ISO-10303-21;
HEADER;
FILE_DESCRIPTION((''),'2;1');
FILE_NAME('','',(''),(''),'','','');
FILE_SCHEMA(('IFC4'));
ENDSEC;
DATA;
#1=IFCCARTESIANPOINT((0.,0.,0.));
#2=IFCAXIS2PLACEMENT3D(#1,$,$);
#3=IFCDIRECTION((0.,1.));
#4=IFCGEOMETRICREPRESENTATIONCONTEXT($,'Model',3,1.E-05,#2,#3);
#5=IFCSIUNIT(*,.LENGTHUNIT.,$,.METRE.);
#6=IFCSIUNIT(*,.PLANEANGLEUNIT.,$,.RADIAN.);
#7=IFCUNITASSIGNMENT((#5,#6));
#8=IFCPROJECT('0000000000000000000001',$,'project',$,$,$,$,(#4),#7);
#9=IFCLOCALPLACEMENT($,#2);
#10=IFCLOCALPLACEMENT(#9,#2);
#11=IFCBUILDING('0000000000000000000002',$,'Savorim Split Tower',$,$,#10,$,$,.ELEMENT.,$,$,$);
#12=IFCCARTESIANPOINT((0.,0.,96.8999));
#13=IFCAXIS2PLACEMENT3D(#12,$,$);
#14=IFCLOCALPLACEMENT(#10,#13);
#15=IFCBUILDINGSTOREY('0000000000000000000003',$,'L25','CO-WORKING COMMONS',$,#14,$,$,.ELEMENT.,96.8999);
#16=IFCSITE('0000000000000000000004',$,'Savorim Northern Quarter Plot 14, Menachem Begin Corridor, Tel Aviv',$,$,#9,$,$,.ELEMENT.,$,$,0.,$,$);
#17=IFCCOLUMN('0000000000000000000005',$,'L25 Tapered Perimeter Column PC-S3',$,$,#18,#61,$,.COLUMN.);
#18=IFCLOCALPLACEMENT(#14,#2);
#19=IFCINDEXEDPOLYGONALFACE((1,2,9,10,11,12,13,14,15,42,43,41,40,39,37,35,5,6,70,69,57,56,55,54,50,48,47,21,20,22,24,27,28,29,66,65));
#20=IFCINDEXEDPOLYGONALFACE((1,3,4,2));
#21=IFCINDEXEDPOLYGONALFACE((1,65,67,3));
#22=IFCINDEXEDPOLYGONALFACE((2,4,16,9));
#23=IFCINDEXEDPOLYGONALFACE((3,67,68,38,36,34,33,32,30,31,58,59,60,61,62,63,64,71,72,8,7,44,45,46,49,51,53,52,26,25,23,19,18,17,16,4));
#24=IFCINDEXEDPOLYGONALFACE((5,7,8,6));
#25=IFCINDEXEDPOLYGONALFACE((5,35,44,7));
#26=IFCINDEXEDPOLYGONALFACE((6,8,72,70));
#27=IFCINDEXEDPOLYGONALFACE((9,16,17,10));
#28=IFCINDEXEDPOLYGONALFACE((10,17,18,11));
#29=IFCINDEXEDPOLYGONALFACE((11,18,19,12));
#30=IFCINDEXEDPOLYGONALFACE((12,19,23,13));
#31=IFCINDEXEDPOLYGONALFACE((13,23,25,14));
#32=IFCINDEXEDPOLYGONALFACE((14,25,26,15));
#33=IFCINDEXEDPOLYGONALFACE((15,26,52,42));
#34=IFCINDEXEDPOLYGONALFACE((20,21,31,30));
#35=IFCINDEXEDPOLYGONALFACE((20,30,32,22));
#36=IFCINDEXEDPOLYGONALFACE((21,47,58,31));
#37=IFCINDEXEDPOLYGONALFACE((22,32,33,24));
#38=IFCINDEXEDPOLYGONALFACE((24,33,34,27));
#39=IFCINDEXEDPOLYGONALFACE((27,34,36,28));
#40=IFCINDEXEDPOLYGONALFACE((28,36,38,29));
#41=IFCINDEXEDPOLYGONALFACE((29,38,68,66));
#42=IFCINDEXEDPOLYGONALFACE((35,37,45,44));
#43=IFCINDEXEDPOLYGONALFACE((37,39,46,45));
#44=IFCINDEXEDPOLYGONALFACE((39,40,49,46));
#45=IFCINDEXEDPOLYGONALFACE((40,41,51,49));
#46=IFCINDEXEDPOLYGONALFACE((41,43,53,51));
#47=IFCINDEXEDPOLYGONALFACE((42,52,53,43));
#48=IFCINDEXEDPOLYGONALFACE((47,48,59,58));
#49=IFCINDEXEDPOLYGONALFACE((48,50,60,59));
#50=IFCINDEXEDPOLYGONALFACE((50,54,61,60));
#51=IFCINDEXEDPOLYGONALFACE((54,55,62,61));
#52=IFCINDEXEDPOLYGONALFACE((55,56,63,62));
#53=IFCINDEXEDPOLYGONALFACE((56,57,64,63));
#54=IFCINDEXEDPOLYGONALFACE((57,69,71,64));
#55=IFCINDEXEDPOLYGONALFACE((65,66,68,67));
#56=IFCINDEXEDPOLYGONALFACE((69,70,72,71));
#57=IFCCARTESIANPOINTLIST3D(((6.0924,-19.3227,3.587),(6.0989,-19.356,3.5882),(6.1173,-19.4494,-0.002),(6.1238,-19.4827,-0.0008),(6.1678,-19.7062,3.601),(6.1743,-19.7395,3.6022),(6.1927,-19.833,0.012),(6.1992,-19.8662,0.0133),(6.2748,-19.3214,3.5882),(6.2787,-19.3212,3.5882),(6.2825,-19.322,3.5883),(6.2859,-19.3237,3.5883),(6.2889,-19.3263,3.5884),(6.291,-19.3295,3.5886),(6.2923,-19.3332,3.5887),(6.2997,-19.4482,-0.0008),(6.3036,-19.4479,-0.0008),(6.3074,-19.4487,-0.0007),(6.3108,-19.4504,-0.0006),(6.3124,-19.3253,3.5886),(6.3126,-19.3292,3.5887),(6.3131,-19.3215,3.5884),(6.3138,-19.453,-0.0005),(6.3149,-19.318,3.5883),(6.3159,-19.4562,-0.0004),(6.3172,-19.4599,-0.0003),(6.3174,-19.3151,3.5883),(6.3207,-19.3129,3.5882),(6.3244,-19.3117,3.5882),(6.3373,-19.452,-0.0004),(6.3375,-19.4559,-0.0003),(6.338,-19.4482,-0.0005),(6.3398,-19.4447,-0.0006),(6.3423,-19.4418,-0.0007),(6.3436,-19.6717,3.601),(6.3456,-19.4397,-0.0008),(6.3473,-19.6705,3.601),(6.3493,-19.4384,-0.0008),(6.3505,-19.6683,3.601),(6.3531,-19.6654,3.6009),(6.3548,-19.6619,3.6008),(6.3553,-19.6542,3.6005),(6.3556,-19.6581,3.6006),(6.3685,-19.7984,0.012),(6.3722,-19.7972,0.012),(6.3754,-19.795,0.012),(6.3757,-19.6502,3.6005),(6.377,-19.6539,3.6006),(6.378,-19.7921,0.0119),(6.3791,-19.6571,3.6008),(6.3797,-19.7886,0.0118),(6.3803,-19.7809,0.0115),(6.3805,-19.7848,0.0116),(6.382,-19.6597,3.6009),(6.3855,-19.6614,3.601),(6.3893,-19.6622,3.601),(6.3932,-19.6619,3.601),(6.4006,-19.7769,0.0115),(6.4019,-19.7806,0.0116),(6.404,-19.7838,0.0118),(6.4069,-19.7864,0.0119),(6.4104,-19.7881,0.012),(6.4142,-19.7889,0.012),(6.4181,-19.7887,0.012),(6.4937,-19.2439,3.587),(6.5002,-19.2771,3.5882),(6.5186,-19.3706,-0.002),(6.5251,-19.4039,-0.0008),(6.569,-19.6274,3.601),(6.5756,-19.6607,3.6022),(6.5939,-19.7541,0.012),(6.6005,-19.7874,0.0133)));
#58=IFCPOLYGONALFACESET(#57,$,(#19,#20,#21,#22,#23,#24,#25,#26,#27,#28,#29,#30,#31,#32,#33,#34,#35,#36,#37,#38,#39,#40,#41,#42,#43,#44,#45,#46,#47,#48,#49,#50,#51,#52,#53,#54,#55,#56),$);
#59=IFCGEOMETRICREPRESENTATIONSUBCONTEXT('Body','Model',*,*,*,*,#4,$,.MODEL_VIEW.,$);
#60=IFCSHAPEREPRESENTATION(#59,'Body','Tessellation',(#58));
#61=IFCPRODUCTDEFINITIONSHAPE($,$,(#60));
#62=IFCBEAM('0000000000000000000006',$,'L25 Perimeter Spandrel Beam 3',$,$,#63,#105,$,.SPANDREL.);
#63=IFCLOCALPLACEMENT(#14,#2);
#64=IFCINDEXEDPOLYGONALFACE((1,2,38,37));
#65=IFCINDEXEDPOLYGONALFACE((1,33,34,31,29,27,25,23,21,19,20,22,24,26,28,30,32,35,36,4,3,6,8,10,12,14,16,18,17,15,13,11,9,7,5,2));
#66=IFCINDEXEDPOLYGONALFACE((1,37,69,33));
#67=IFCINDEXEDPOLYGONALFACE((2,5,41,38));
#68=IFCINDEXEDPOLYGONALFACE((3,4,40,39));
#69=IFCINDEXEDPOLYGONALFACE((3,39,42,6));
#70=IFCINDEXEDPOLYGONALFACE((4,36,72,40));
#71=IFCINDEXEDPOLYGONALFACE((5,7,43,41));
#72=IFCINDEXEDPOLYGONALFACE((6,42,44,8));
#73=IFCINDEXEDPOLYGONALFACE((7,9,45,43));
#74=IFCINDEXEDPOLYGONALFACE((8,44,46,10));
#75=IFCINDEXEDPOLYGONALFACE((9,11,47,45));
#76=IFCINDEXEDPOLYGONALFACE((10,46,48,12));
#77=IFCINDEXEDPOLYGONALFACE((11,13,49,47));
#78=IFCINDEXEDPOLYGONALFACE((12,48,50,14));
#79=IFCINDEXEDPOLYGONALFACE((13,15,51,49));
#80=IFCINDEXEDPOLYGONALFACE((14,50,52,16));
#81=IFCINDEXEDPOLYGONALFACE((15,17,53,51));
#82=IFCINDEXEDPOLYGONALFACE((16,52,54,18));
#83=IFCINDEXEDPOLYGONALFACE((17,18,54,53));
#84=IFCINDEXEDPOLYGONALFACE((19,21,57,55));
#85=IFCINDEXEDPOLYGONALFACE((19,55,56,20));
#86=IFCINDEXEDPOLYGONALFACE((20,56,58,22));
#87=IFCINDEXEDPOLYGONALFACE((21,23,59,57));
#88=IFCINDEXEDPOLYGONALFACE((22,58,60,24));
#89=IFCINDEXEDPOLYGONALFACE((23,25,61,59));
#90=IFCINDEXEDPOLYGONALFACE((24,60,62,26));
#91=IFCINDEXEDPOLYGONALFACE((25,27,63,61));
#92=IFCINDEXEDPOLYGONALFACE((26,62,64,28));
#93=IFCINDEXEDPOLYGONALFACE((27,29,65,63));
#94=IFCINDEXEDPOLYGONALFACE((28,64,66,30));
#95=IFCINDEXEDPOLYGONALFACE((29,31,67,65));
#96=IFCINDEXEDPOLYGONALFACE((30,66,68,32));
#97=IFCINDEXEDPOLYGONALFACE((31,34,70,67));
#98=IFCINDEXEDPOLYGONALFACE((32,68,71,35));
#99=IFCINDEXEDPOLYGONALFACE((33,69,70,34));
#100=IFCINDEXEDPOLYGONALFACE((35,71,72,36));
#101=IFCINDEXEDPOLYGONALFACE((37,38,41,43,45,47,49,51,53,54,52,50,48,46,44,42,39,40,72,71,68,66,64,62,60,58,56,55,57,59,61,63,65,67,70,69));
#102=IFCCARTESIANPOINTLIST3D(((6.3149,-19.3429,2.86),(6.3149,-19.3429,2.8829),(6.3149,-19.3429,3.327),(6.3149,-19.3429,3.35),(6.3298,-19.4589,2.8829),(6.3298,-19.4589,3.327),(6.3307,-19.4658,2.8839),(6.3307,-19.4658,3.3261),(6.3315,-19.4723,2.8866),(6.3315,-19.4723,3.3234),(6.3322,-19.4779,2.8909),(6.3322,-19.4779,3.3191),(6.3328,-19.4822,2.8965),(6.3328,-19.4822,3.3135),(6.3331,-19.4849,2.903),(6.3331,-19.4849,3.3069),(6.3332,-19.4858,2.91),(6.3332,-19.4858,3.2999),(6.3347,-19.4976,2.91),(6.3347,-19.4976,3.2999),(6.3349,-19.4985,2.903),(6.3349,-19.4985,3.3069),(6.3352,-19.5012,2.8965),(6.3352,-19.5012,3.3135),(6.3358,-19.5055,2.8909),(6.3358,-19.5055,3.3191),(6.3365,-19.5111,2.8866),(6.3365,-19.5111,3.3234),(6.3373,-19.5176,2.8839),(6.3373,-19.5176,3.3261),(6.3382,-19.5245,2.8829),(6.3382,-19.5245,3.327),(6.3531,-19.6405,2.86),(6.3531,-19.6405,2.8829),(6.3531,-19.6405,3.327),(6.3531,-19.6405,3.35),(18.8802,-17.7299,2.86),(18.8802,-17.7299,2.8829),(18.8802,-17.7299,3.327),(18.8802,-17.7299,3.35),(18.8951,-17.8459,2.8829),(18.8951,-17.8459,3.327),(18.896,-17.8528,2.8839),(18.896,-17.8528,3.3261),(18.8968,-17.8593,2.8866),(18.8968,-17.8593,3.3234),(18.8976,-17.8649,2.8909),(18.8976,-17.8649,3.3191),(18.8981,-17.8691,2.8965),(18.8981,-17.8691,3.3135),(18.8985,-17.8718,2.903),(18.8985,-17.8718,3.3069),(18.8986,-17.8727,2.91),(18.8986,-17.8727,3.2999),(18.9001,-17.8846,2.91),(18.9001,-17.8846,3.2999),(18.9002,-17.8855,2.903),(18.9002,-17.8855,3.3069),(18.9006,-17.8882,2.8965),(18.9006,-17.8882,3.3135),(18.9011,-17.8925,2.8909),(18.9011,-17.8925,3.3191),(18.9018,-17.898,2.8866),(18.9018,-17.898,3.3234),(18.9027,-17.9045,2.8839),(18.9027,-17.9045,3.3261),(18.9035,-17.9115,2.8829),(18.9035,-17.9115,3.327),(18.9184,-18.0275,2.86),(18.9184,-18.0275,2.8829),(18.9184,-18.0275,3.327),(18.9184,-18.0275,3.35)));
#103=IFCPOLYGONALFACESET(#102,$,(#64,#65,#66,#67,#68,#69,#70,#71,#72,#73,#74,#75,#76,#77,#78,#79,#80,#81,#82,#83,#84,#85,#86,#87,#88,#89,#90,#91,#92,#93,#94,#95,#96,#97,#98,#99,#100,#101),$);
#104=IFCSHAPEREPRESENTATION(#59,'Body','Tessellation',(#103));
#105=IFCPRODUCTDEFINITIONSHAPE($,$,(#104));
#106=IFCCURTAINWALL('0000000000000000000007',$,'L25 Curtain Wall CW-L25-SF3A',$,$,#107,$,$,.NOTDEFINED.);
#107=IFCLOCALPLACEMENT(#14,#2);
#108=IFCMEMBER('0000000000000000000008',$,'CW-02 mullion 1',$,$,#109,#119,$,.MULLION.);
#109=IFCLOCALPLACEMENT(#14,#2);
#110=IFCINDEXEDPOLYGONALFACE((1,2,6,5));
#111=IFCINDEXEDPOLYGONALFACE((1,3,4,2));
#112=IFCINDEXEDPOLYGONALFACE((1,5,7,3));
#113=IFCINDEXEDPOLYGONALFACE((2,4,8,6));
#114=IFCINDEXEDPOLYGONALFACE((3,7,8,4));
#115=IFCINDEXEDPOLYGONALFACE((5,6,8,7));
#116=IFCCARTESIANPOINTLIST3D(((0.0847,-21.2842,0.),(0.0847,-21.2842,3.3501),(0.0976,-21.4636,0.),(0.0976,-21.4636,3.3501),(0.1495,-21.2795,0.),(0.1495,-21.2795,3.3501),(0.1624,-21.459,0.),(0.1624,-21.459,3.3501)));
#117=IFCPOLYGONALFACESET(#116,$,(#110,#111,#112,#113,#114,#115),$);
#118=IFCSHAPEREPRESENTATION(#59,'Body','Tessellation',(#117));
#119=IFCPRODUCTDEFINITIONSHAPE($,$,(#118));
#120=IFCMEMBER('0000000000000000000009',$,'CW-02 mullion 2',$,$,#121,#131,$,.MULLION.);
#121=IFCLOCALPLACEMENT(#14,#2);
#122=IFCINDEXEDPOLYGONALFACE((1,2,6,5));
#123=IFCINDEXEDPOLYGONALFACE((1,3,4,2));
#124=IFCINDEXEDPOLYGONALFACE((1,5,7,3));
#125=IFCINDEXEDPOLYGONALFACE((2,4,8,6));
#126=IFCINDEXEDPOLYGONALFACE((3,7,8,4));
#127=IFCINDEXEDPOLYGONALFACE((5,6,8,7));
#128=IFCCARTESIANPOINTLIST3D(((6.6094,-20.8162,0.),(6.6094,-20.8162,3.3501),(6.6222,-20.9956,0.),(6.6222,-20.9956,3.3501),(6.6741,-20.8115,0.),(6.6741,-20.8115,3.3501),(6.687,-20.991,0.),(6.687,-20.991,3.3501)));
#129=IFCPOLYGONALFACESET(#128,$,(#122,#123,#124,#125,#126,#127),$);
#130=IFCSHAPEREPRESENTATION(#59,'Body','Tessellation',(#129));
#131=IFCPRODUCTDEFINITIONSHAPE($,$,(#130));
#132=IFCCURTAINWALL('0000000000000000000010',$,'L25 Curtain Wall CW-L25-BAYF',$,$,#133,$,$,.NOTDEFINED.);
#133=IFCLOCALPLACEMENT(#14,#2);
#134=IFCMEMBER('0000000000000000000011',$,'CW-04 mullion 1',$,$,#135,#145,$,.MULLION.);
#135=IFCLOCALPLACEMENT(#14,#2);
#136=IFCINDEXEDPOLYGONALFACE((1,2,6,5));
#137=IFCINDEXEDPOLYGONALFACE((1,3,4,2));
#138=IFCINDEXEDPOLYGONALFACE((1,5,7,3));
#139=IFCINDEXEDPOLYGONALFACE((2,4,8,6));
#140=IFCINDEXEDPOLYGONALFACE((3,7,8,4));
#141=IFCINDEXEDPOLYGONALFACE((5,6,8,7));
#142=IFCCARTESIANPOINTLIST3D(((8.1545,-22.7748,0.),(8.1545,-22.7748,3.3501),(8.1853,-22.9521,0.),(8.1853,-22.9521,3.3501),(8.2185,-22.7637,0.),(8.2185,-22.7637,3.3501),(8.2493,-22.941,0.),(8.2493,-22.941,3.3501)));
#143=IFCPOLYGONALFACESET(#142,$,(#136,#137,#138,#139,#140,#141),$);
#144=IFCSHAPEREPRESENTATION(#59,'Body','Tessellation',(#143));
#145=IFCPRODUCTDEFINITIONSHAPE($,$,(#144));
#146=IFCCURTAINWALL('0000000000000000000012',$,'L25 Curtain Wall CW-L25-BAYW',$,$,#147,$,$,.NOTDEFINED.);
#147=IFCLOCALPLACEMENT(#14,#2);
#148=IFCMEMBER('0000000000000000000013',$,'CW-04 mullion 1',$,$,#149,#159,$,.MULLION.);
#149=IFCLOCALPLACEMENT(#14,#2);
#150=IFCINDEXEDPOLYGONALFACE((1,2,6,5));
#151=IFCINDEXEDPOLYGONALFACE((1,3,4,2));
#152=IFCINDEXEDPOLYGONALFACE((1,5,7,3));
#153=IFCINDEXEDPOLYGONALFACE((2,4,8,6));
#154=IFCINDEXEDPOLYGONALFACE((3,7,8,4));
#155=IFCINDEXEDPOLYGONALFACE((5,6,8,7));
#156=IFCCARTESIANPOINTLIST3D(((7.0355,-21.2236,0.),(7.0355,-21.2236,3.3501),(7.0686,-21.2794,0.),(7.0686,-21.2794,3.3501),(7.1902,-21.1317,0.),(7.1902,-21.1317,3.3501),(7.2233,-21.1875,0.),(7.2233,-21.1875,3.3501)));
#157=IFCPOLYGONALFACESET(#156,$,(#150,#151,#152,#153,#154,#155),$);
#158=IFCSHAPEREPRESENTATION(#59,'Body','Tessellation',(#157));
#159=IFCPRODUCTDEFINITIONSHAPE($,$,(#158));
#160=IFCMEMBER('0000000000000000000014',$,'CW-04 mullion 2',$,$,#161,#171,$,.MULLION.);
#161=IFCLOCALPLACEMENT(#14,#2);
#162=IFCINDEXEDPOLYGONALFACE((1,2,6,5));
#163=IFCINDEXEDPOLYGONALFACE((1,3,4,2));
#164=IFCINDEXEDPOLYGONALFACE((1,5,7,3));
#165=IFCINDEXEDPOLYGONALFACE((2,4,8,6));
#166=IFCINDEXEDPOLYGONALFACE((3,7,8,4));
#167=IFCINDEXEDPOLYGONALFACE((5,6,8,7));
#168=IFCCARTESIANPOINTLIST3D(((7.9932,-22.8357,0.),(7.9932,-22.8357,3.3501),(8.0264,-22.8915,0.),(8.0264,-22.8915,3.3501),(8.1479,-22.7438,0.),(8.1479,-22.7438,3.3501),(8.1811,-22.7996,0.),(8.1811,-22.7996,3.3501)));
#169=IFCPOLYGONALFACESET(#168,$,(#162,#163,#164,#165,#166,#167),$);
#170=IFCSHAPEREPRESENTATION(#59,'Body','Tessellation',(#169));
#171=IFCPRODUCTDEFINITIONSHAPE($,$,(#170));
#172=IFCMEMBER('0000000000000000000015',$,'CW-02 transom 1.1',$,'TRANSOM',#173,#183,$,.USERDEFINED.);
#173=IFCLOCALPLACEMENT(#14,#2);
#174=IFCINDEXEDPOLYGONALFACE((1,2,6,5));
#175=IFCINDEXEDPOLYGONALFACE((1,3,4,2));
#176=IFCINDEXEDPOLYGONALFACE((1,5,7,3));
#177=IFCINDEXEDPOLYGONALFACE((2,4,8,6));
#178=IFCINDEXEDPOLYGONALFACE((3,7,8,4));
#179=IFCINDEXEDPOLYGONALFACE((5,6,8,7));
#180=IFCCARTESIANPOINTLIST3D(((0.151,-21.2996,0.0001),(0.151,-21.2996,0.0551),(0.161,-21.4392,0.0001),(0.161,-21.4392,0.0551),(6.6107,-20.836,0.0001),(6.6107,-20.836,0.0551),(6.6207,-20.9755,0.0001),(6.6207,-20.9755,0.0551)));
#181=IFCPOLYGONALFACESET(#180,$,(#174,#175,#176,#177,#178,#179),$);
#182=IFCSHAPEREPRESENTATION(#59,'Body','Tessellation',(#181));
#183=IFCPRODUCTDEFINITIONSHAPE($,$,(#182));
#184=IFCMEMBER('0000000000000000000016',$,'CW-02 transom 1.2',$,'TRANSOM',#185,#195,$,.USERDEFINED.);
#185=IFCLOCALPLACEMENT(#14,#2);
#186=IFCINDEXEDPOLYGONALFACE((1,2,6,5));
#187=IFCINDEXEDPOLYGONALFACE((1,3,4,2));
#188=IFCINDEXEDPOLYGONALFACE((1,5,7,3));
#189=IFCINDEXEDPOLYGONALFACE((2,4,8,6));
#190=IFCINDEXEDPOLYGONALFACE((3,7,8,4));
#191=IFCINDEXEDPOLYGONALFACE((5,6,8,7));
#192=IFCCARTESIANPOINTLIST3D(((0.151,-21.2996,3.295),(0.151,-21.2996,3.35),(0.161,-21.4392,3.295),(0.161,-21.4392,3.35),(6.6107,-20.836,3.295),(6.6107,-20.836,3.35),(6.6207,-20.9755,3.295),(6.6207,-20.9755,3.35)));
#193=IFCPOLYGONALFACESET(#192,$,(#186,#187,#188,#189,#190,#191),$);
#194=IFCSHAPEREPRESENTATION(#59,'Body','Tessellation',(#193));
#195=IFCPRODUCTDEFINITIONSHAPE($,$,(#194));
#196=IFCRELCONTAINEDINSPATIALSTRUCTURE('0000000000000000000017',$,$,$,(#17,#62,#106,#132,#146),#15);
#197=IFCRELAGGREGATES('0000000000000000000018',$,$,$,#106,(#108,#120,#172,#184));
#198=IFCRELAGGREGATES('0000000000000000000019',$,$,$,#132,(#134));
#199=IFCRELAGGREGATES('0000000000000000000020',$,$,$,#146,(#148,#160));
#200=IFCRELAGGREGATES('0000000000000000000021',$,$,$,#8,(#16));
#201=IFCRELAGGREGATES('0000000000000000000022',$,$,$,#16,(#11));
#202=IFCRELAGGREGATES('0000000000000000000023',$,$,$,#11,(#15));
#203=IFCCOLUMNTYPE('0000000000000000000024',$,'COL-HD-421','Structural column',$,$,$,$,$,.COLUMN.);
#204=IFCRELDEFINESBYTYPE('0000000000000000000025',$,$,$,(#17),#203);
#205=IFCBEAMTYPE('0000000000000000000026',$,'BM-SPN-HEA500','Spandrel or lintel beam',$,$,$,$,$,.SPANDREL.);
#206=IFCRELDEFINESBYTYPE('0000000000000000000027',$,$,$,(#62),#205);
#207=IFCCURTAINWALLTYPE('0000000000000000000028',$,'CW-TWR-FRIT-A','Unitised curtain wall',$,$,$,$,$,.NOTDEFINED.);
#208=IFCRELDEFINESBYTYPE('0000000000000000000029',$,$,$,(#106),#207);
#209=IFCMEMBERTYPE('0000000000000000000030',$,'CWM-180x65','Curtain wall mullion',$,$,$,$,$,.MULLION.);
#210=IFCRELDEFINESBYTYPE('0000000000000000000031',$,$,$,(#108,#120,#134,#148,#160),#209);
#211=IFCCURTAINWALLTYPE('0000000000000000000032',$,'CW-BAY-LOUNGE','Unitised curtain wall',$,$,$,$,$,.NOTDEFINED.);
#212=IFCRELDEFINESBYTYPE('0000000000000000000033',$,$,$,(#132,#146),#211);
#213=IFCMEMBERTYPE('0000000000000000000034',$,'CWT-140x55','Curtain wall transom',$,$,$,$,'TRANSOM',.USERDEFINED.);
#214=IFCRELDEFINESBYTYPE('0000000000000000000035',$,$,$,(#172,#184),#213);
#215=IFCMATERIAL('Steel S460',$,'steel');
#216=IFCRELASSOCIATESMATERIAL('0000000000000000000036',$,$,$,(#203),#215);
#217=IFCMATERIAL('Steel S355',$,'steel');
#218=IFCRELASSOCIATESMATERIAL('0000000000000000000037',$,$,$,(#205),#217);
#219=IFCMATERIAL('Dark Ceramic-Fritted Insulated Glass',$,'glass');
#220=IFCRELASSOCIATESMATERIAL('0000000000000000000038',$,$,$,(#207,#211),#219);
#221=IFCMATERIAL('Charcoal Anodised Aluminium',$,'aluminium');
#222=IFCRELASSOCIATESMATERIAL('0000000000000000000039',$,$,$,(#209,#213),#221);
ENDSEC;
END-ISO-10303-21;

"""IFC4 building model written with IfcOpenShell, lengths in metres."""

from ifc_helpers import new_model, si_unit, direction, frame, origin, origin_2d, place, context, subcontext, project, spatial, rectangle, i_section, extrude, material, material_profile, profile_set, type_object, element, aggregate, save


model = new_model("IFC4")

# Units and contexts
model_context = context("Model", 3, precision=1e-05, world=origin(), true_north=direction((0.0, 1.0)))
body_context = subcontext(model_context, "Body", "Model", "MODEL_VIEW")
ifc_project = project(units=[si_unit("LENGTHUNIT", "METRE"), si_unit("PLANEANGLEUNIT", "RADIAN")], contexts=[model_context])

# Site, building, storey
site_placement = place(None, origin())
site = spatial("IfcSite", under=ifc_project, at=site_placement, Name="Savorim Northern Quarter Plot 14, Menachem Begin Corridor, Tel Aviv", CompositionType="ELEMENT", RefElevation=0.0)
building_placement = place(site_placement, origin())
building = spatial("IfcBuilding", under=site, at=building_placement, Name="Savorim Split Tower", CompositionType="ELEMENT")
storey_placement = place(building_placement, frame((0.0, 0.0, 96.8999)))
storey = spatial("IfcBuildingStorey", under=building, at=storey_placement, Name="L25", Description="CO-WORKING COMMONS", CompositionType="ELEMENT", Elevation=96.8999)

# Column
ifc_material_1 = material(Name="Steel S460", Category="steel")
ifc_material_profile_1 = material_profile(ifc_material_1, i_section(OverallWidth=0.4089, OverallDepth=0.425, WebThickness=0.0208, FlangeThickness=0.0339, FilletRadius=0.0149, at=origin_2d()), Name="HD 400x421")
ifc_profile_set_1 = profile_set([ifc_material_profile_1], Name="Steel S460")
column_type = type_object("IfcColumnType", Name="COL-HD-421", Description="Structural column", PredefinedType="COLUMN", material=ifc_profile_set_1)
column_placement = place(storey_placement, frame((6.3589, -19.6184, 0.0056), z_axis=(-0.006934, 0.035283, 0.999353), x_axis=(-0.98123, -0.192843, 0.0)))
element("IfcColumn", 1, at=column_placement, inside=storey, type_object=column_type, Name="L25 Tapered Perimeter Column PC-S3", PredefinedType="COLUMN", context=body_context, shape_type="SweptSolid", body=[
    extrude(i_section(OverallWidth=0.4089, OverallDepth=0.425, WebThickness=0.0208, FlangeThickness=0.0339, FilletRadius=0.0149, at=origin_2d()), origin(), (0.0, 0.0, 1.0), 3.5913),
])

# Beam
ifc_material_2 = material(Name="Steel S355", Category="steel")
ifc_material_profile_2 = material_profile(ifc_material_2, i_section(OverallWidth=0.3, OverallDepth=0.49, WebThickness=0.012, FlangeThickness=0.0229, FilletRadius=0.0271, at=origin_2d()), Name="HEA 500")
ifc_profile_set_2 = profile_set([ifc_material_profile_2], Name="Steel S355")
beam_type = type_object("IfcBeamType", Name="BM-SPN-HEA500", Description="Spandrel or lintel beam", PredefinedType="SPANDREL", material=ifc_profile_set_2)
beam_placement = place(storey_placement, frame((6.334, -19.4917, 3.105), z_axis=(0.991861, 0.127326, 0.0), x_axis=(-0.127326, 0.991861, 0.0)))
element("IfcBeam", 2, at=beam_placement, inside=storey, type_object=beam_type, Name="L25 Perimeter Spandrel Beam 3", PredefinedType="SPANDREL", context=body_context, shape_type="SweptSolid", body=[
    extrude(i_section(OverallWidth=0.3, OverallDepth=0.49, WebThickness=0.012, FlangeThickness=0.0229, FilletRadius=0.0271, at=origin_2d()), origin(), (0.0, 0.0, 1.0), 12.6685),
])

# Curtain wall, members
ifc_material_3 = material(Name="Dark Ceramic-Fritted Insulated Glass", Category="glass")
curtain_wall_type_1 = type_object("IfcCurtainWallType", Name="CW-TWR-FRIT-A", Description="Unitised curtain wall", PredefinedType="NOTDEFINED", material=ifc_material_3)
curtain_wall_1_placement = place(storey_placement, origin())
curtain_wall_1 = element("IfcCurtainWall", 3, at=curtain_wall_1_placement, inside=storey, type_object=curtain_wall_type_1, Name="L25 Curtain Wall CW-L25-SF3A", PredefinedType="NOTDEFINED")
ifc_material_4 = material(Name="Charcoal Anodised Aluminium", Category="aluminium")
ifc_material_profile_3 = material_profile(ifc_material_4, rectangle(XDim=0.1799, YDim=0.0649, at=origin_2d()), Name="ALU-M 180x65")
ifc_profile_set_3 = profile_set([ifc_material_profile_3], Name="Charcoal Anodised Aluminium")
member_type_1 = type_object("IfcMemberType", Name="CWM-180x65", Description="Curtain wall mullion", PredefinedType="MULLION", material=ifc_profile_set_3)
member_1_placement = place(storey_placement, frame((0.1235, -21.3716, 0.0), z_axis=(0.0, 0.0, 1.0), x_axis=(-0.071569, 0.997436, 0.0)))
member_1 = element("IfcMember", 4, at=member_1_placement, type_object=member_type_1, Name="CW-02 mullion 1", PredefinedType="MULLION", context=body_context, shape_type="SweptSolid", body=[
    extrude(rectangle(XDim=0.1799, YDim=0.0649, at=origin_2d()), origin(), (0.0, 0.0, 1.0), 3.3501),
])
member_2_placement = place(storey_placement, frame((6.6482, -20.9036, 0.0), z_axis=(0.0, 0.0, 1.0), x_axis=(-0.071569, 0.997436, 0.0)))
member_2 = element("IfcMember", 5, at=member_2_placement, type_object=member_type_1, Name="CW-02 mullion 2", PredefinedType="MULLION", context=body_context, shape_type="SweptSolid", body=[
    extrude(rectangle(XDim=0.1799, YDim=0.0649, at=origin_2d()), origin(), (0.0, 0.0, 1.0), 3.3501),
])

# Curtain wall, member
curtain_wall_type_2 = type_object("IfcCurtainWallType", Name="CW-BAY-LOUNGE", Description="Unitised curtain wall", PredefinedType="NOTDEFINED", material=ifc_material_3)
curtain_wall_2_placement = place(storey_placement, origin())
curtain_wall_2 = element("IfcCurtainWall", 6, at=curtain_wall_2_placement, inside=storey, type_object=curtain_wall_type_2, Name="L25 Curtain Wall CW-L25-BAYF", PredefinedType="NOTDEFINED")
member_3_placement = place(storey_placement, frame((8.2019, -22.8579, 0.0), z_axis=(0.0, 0.0, 1.0), x_axis=(-0.171191, 0.985238, 0.0)))
member_3 = element("IfcMember", 7, at=member_3_placement, type_object=member_type_1, Name="CW-04 mullion 1", PredefinedType="MULLION", context=body_context, shape_type="SweptSolid", body=[
    extrude(rectangle(XDim=0.1799, YDim=0.0649, at=origin_2d()), origin(), (0.0, 0.0, 1.0), 3.3501),
])

# Curtain wall, members
curtain_wall_3_placement = place(storey_placement, origin())
curtain_wall_3 = element("IfcCurtainWall", 8, at=curtain_wall_3_placement, inside=storey, type_object=curtain_wall_type_2, Name="L25 Curtain Wall CW-L25-BAYW", PredefinedType="NOTDEFINED")
member_4_placement = place(storey_placement, frame((7.1294, -21.2056, 0.0), z_axis=(0.0, 0.0, 1.0), x_axis=(0.859722, 0.510761, 0.0)))
member_4 = element("IfcMember", 9, at=member_4_placement, type_object=member_type_1, Name="CW-04 mullion 1", PredefinedType="MULLION", context=body_context, shape_type="SweptSolid", body=[
    extrude(rectangle(XDim=0.1799, YDim=0.0649, at=origin_2d()), origin(), (0.0, 0.0, 1.0), 3.3501),
])
member_5_placement = place(storey_placement, frame((8.0872, -22.8176, 0.0), z_axis=(0.0, 0.0, 1.0), x_axis=(0.859722, 0.510761, 0.0)))
member_5 = element("IfcMember", 10, at=member_5_placement, type_object=member_type_1, Name="CW-04 mullion 2", PredefinedType="MULLION", context=body_context, shape_type="SweptSolid", body=[
    extrude(rectangle(XDim=0.1799, YDim=0.0649, at=origin_2d()), origin(), (0.0, 0.0, 1.0), 3.3501),
])

# Members
ifc_material_profile_4 = material_profile(ifc_material_4, rectangle(XDim=0.1399, YDim=0.0549, at=origin_2d()), Name="ALU-T 140x55")
ifc_profile_set_4 = profile_set([ifc_material_profile_4], Name="Charcoal Anodised Aluminium")
member_type_2 = type_object("IfcMemberType", Name="CWT-140x55", Description="Curtain wall transom", ElementType="TRANSOM", PredefinedType="USERDEFINED", material=ifc_profile_set_4)
member_6_placement = place(storey_placement, frame((0.156, -21.3694, 0.0276), z_axis=(0.997434, 0.071587, 0.0), x_axis=(-0.071587, 0.997434, 0.0)))
member_6 = element("IfcMember", 11, at=member_6_placement, type_object=member_type_2, Name="CW-02 transom 1.1", ObjectType="TRANSOM", PredefinedType="USERDEFINED", context=body_context, shape_type="SweptSolid", body=[
    extrude(rectangle(XDim=0.1399, YDim=0.0549, at=origin_2d()), origin(), (0.0, 0.0, 1.0), 6.4763),
])
member_7_placement = place(storey_placement, frame((0.156, -21.3694, 3.3225), z_axis=(0.997434, 0.071587, 0.0), x_axis=(-0.071587, 0.997434, 0.0)))
member_7 = element("IfcMember", 12, at=member_7_placement, type_object=member_type_2, Name="CW-02 transom 1.2", ObjectType="TRANSOM", PredefinedType="USERDEFINED", context=body_context, shape_type="SweptSolid", body=[
    extrude(rectangle(XDim=0.1399, YDim=0.0549, at=origin_2d()), origin(), (0.0, 0.0, 1.0), 6.4763),
])

aggregate(curtain_wall_1, [member_1, member_2, member_6, member_7])
aggregate(curtain_wall_2, [member_3])
aggregate(curtain_wall_3, [member_4, member_5])

save(model, "model.ifc")
